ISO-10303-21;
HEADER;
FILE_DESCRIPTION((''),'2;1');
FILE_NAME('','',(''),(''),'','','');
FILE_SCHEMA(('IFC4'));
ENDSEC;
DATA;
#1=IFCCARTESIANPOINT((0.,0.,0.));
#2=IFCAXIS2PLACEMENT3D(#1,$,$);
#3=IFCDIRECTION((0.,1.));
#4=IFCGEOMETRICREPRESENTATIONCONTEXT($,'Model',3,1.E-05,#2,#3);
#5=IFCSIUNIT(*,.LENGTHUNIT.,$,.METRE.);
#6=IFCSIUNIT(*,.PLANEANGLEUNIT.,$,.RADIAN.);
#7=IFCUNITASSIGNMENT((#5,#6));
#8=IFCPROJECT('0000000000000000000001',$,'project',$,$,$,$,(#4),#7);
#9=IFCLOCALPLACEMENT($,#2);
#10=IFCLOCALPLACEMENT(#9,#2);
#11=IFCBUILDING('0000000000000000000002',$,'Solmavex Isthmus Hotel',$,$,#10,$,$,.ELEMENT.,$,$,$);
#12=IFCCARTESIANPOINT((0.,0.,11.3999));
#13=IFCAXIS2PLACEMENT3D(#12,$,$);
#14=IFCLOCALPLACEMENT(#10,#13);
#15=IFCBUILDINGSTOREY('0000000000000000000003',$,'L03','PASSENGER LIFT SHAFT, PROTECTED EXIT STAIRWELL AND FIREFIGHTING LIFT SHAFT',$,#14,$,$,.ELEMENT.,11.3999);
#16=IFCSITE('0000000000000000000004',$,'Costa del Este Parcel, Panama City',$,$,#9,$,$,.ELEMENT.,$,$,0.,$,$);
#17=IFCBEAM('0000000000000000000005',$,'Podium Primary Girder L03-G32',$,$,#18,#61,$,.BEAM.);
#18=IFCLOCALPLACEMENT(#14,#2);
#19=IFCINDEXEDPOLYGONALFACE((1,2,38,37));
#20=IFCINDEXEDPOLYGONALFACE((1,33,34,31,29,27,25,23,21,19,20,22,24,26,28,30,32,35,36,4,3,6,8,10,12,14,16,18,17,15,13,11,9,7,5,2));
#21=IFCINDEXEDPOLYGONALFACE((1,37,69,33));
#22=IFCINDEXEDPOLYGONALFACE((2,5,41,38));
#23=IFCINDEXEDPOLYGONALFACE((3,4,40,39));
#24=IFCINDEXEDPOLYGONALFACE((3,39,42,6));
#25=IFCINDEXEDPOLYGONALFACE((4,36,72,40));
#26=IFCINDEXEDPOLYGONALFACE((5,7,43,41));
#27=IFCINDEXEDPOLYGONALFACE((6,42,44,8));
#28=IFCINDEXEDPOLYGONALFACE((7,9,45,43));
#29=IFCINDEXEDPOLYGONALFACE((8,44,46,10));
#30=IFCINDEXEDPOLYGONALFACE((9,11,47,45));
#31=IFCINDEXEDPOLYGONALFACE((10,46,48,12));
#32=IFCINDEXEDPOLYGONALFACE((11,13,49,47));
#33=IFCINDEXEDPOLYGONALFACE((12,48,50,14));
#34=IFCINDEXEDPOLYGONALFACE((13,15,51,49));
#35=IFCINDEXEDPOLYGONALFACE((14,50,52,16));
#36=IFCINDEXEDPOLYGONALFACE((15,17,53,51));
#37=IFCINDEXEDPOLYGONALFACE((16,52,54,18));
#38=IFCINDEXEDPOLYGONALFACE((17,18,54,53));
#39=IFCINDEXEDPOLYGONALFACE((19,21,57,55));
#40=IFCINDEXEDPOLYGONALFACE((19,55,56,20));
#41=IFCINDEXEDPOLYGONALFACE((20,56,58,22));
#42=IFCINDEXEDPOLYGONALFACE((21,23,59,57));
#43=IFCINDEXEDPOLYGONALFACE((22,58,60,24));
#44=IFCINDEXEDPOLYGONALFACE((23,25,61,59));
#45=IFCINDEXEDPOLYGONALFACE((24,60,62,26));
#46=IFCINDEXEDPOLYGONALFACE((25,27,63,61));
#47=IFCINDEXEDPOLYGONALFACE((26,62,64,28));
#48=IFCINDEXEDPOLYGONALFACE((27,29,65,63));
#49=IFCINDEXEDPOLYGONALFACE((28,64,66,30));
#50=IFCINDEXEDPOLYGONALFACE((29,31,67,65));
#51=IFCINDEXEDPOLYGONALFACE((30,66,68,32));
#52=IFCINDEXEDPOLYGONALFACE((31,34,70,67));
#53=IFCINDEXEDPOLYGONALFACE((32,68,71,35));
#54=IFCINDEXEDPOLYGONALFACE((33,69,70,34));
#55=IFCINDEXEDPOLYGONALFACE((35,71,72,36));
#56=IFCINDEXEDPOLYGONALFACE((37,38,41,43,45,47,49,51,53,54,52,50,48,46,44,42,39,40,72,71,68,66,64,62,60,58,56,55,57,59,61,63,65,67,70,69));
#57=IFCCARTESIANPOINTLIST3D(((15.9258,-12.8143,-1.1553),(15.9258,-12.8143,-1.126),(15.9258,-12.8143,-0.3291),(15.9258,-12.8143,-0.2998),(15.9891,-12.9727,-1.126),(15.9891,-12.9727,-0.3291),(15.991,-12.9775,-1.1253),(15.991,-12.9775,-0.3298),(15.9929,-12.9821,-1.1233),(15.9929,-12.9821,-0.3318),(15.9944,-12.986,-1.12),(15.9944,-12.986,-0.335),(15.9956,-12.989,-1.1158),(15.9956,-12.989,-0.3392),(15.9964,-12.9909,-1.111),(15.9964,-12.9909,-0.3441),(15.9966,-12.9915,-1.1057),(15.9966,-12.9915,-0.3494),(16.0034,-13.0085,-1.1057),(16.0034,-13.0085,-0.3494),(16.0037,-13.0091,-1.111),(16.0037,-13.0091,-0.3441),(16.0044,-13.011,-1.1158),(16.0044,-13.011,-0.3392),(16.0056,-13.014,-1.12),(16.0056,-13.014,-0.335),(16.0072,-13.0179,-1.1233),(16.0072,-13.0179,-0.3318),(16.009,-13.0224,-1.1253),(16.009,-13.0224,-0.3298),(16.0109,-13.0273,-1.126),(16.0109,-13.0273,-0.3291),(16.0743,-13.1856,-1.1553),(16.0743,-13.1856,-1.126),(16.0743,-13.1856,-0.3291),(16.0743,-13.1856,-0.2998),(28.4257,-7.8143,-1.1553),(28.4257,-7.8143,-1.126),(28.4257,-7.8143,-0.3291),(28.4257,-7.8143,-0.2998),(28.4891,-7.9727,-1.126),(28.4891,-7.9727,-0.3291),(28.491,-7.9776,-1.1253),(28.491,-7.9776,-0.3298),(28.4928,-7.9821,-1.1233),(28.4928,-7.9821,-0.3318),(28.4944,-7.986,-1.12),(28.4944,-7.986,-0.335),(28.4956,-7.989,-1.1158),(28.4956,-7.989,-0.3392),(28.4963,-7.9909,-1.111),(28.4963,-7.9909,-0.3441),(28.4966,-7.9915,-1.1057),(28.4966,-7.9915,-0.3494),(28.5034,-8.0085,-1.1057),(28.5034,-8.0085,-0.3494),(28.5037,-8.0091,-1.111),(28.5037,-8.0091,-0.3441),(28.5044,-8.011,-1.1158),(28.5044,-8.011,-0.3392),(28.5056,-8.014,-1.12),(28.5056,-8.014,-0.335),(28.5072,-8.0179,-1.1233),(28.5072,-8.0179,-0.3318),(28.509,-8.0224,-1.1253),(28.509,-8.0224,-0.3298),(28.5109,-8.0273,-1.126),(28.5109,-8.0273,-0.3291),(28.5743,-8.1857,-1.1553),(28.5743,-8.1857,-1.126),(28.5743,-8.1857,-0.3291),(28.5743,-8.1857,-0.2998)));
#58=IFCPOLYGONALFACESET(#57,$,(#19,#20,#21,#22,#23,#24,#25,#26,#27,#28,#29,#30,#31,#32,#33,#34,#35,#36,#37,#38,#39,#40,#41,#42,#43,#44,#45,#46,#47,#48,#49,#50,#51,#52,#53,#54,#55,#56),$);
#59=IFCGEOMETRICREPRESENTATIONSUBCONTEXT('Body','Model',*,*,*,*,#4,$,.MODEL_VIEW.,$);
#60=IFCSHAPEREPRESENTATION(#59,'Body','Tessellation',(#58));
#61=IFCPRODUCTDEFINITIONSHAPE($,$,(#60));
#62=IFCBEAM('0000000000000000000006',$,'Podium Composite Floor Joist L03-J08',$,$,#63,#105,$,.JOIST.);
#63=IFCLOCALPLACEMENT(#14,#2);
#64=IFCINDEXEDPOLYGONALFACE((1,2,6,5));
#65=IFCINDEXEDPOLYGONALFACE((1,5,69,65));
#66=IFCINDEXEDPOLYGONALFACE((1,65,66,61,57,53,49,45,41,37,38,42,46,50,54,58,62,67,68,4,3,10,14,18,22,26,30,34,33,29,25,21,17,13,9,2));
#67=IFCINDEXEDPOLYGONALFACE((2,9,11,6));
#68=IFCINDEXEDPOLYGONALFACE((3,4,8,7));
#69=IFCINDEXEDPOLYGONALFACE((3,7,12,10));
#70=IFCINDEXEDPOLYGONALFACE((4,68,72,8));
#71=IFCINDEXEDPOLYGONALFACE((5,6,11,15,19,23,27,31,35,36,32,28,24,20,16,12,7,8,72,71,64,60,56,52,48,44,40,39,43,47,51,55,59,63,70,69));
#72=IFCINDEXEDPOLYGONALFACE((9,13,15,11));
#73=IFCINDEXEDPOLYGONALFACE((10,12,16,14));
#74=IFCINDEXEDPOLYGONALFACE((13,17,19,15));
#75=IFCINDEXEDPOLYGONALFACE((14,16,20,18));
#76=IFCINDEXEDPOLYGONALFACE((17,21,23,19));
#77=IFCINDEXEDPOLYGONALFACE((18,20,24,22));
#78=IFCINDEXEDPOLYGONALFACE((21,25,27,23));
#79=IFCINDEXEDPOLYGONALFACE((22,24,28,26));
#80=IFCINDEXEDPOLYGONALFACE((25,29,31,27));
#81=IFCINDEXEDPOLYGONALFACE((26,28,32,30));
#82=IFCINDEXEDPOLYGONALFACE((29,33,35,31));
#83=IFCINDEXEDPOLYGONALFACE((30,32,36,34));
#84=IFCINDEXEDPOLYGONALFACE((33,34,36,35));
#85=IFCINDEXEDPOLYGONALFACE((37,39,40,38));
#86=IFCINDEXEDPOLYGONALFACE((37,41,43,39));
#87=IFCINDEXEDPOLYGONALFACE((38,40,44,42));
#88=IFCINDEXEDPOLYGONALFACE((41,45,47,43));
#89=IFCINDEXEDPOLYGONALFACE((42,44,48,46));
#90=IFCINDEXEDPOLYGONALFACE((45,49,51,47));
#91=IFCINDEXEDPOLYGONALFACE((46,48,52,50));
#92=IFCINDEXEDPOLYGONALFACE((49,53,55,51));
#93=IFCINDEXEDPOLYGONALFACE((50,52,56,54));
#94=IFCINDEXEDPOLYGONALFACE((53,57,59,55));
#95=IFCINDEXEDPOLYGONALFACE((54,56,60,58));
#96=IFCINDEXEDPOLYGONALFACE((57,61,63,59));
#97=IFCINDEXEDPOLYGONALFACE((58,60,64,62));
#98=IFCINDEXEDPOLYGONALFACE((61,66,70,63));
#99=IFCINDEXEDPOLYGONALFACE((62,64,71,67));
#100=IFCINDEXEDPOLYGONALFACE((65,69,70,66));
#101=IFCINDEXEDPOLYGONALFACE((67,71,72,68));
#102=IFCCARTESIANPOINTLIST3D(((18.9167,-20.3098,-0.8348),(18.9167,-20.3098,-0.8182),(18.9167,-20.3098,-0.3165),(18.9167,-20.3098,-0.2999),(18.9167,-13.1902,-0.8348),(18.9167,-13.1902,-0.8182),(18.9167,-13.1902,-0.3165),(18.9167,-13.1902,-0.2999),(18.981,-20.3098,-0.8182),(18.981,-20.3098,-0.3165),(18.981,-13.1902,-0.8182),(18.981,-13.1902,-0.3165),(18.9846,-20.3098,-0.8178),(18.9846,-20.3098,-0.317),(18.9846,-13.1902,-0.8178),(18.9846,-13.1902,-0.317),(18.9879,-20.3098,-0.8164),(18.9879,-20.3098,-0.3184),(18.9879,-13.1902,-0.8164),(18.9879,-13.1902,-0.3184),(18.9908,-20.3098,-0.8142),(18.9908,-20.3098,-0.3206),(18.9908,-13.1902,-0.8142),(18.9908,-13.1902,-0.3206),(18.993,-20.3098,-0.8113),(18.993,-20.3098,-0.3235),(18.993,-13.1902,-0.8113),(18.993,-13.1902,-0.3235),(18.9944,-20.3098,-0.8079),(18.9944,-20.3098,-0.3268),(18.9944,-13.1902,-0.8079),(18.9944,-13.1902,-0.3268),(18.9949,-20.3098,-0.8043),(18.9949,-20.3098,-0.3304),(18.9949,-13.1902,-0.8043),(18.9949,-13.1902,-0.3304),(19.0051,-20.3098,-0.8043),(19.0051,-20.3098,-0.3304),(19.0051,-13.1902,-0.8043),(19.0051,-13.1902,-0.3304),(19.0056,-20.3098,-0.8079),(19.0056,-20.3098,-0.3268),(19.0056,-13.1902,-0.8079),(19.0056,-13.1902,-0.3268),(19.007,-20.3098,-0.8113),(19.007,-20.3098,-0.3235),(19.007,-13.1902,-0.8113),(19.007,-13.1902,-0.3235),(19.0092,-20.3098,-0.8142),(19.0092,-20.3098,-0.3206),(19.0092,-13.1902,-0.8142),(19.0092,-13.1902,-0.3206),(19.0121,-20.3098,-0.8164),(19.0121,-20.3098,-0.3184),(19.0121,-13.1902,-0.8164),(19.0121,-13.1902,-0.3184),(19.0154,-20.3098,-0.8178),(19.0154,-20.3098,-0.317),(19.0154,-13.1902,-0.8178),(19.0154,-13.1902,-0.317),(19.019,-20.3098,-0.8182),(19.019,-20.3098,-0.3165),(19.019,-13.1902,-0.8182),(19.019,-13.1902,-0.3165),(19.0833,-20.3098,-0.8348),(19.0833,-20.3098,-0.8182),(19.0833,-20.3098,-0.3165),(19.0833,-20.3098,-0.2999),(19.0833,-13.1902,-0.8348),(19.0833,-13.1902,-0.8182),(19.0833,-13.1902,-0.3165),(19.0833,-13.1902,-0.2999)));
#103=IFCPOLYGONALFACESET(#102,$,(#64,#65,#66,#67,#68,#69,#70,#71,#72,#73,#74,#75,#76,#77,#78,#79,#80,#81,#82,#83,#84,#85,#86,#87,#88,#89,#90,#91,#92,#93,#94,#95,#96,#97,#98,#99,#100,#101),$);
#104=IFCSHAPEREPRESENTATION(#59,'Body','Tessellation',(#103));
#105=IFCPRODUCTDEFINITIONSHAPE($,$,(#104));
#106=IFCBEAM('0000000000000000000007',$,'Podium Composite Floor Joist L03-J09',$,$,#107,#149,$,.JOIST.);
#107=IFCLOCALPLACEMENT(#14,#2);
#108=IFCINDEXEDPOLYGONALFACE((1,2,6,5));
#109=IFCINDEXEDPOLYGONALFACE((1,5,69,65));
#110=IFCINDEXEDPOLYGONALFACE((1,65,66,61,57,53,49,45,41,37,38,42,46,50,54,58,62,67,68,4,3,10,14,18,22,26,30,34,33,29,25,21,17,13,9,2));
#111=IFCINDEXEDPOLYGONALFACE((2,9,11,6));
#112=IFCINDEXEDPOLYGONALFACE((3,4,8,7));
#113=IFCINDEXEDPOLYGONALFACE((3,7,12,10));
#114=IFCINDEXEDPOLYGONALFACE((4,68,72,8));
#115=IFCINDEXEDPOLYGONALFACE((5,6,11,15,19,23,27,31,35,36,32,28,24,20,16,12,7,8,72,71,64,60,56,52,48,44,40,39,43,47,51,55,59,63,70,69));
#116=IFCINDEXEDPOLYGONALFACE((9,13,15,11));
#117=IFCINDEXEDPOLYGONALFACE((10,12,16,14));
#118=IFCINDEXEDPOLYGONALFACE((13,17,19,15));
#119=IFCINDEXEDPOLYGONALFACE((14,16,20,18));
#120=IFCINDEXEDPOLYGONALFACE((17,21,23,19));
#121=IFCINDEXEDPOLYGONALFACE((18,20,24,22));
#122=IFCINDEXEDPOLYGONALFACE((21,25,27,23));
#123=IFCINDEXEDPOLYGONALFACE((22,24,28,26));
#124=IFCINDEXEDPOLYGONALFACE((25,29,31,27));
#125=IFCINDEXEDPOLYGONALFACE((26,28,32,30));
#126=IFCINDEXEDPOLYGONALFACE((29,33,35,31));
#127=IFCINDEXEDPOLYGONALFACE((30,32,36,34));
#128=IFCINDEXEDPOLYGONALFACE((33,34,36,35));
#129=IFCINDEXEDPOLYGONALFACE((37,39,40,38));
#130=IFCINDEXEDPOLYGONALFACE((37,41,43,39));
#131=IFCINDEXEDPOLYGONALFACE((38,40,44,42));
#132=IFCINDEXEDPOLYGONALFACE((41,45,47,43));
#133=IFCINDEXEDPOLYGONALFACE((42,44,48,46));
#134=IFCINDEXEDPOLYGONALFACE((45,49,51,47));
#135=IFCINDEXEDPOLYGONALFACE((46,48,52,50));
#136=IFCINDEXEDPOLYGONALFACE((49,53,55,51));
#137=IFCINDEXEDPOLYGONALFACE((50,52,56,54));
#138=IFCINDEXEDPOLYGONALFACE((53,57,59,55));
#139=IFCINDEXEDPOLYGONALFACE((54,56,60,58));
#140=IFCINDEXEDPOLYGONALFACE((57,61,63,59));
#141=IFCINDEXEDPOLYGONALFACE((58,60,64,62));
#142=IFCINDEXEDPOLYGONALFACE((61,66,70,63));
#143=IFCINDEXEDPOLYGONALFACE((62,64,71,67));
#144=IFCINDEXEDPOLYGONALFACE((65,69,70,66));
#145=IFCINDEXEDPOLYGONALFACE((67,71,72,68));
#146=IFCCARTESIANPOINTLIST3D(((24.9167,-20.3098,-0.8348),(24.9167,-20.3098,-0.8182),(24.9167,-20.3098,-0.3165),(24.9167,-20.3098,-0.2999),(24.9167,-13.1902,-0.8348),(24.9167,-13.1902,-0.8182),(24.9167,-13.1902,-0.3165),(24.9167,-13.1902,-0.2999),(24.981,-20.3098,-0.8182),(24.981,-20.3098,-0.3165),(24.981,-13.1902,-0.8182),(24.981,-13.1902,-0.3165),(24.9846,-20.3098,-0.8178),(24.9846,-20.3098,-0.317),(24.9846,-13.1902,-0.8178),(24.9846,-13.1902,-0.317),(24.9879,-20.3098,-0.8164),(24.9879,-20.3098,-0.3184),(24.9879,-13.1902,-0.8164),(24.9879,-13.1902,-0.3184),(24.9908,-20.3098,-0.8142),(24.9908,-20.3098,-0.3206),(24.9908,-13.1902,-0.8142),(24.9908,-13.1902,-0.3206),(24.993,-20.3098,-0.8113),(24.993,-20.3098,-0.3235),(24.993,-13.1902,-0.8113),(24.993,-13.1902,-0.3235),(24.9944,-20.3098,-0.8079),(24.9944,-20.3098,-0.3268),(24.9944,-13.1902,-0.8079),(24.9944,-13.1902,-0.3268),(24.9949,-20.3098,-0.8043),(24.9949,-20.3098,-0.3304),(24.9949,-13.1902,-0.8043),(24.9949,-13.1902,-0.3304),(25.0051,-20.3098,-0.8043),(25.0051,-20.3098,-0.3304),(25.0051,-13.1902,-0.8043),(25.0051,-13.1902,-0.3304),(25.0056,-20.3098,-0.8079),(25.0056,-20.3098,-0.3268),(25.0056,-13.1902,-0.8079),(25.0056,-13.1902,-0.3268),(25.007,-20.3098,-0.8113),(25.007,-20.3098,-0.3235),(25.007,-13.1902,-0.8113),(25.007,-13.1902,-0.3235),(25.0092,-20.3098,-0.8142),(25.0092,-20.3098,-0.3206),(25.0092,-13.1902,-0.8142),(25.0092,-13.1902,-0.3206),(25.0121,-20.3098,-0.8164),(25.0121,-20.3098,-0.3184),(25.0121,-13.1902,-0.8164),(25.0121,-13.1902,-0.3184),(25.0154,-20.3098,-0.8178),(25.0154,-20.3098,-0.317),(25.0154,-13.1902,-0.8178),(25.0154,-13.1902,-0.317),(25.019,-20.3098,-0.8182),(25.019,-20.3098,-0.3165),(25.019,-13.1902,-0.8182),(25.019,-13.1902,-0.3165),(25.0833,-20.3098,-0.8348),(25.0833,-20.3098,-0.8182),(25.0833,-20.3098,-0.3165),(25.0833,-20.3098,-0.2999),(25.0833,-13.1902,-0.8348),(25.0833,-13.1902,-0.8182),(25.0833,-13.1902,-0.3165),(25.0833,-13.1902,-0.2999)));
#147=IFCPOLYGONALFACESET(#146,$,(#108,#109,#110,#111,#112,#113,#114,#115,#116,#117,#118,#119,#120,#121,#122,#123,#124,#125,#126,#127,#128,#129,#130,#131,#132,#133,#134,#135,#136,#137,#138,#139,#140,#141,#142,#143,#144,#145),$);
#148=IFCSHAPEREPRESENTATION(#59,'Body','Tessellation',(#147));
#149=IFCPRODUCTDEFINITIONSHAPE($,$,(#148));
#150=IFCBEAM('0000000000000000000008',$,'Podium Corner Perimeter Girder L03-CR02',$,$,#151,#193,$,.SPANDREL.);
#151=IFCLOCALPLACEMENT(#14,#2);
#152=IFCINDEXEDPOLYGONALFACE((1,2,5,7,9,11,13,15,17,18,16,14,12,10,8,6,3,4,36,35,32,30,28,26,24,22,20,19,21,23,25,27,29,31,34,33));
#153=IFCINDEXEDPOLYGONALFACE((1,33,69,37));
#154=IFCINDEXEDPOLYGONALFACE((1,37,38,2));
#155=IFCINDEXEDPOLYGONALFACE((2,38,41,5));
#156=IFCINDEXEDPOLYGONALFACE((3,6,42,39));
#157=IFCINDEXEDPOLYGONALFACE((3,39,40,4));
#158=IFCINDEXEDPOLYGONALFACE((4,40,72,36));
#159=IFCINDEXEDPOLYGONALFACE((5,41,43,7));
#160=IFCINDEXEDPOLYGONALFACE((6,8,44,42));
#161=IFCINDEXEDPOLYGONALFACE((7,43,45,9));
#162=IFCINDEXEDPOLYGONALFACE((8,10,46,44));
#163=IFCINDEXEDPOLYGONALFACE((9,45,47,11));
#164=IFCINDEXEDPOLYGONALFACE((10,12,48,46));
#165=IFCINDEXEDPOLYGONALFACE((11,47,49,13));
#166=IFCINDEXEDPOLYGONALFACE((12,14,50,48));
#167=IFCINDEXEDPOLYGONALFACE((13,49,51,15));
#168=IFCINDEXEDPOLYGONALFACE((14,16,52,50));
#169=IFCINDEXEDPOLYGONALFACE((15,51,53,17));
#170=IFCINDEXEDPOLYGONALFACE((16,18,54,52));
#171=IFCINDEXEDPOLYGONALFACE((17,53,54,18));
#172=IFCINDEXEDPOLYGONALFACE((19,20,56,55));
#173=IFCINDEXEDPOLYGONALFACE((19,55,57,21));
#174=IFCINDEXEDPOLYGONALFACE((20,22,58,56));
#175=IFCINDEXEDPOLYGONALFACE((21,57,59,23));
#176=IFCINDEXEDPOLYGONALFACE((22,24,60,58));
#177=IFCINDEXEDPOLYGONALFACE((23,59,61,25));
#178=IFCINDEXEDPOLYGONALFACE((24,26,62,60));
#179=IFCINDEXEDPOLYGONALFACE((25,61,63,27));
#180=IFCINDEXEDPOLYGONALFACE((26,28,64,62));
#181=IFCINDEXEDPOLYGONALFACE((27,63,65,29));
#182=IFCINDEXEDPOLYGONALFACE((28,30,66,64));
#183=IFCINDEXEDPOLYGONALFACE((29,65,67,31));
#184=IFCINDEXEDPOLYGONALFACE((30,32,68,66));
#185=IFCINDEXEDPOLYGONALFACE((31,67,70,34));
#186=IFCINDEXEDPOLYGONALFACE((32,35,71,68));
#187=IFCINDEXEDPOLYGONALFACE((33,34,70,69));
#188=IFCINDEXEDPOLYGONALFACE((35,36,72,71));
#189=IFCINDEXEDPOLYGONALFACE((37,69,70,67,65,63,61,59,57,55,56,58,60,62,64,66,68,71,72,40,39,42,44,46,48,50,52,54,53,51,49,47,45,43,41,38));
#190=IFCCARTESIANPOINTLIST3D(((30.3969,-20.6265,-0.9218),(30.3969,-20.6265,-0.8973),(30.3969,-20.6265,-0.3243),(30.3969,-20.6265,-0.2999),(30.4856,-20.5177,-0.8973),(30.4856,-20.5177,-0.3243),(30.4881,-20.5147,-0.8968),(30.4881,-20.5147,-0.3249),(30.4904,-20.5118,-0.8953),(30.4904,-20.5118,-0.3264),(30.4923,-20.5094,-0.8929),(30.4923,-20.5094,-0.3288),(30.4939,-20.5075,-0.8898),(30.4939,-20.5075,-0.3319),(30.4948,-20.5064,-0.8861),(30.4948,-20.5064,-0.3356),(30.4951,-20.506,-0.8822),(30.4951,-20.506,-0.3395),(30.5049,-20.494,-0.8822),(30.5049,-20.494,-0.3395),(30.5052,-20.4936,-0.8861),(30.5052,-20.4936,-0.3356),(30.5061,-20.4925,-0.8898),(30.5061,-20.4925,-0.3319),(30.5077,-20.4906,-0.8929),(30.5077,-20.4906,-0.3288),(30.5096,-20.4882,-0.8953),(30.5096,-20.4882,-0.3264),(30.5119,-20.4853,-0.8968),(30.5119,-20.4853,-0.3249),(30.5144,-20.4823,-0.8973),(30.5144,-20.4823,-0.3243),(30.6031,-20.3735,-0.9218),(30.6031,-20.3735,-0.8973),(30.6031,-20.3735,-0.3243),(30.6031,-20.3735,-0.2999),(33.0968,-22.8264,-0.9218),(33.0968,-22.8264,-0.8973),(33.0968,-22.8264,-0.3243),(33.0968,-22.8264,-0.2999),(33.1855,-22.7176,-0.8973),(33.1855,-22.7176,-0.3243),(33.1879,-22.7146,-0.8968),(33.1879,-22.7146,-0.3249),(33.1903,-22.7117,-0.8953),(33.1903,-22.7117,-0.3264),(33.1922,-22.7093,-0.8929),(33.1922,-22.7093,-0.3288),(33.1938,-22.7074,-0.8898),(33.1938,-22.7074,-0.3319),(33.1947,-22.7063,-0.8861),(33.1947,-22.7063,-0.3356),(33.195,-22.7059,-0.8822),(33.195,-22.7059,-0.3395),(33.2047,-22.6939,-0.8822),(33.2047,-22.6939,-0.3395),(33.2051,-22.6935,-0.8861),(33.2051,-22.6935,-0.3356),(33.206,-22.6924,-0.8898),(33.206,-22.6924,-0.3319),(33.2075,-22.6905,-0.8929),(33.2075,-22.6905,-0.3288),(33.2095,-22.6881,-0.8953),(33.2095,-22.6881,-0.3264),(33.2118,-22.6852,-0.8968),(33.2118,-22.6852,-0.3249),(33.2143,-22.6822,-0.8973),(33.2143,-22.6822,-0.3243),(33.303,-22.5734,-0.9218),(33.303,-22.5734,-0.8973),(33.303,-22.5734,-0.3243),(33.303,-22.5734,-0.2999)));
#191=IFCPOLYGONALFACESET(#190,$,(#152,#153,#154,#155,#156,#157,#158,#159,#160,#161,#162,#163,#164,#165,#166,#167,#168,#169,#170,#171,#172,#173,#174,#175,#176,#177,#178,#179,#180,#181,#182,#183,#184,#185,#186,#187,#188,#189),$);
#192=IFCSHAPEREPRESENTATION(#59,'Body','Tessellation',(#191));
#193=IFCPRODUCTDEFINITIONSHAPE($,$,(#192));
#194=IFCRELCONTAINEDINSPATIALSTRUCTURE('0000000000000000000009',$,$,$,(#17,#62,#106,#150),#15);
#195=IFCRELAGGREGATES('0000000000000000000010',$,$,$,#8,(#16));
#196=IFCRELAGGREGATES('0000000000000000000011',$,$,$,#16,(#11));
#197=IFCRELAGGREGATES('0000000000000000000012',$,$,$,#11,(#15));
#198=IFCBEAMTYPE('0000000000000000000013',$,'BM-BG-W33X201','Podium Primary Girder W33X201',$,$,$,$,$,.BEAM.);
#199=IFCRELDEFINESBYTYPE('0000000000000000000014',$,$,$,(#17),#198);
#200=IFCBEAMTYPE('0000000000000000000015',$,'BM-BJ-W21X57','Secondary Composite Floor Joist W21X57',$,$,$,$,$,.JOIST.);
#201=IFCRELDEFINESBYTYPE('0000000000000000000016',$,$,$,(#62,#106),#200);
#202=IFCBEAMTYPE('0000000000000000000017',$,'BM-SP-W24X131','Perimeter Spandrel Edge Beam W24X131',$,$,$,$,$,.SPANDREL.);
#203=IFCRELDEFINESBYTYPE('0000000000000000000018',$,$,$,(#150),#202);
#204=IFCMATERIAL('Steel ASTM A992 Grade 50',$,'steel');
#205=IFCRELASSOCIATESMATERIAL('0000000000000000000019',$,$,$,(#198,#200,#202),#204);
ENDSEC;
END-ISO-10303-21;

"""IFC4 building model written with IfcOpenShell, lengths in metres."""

from ifc_helpers import new_model, si_unit, direction, frame, origin, origin_2d, place, context, subcontext, project, spatial, i_section, extrude, material, material_profile, profile_set, type_object, element, save


model = new_model("IFC4")

# Units and contexts
model_context = context("Model", 3, precision=1e-05, world=origin(), true_north=direction((0.0, 1.0)))
body_context = subcontext(model_context, "Body", "Model", "MODEL_VIEW")
ifc_project = project(units=[si_unit("LENGTHUNIT", "METRE"), si_unit("PLANEANGLEUNIT", "RADIAN")], contexts=[model_context])

# Site, building, storey
site_placement = place(None, origin())
site = spatial("IfcSite", under=ifc_project, at=site_placement, Name="Costa del Este Parcel, Panama City", CompositionType="ELEMENT", RefElevation=0.0)
building_placement = place(site_placement, origin())
building = spatial("IfcBuilding", under=site, at=building_placement, Name="Solmavex Isthmus Hotel", CompositionType="ELEMENT")
storey_placement = place(building_placement, frame((0.0, 0.0, 11.3999)))
storey = spatial("IfcBuildingStorey", under=building, at=storey_placement, Name="L03", Description="PASSENGER LIFT SHAFT, PROTECTED EXIT STAIRWELL AND FIREFIGHTING LIFT SHAFT", CompositionType="ELEMENT", Elevation=11.3999)

# Beams
ifc_material_1 = material(Name="Steel ASTM A992 Grade 50", Category="steel")
ifc_material_profile_1 = material_profile(ifc_material_1, i_section(OverallWidth=0.3999, OverallDepth=0.8555, WebThickness=0.0183, FlangeThickness=0.0293, FilletRadius=0.0203, at=origin_2d()), Name="W33X201")
ifc_profile_set_1 = profile_set([ifc_material_profile_1], Name="Steel ASTM A992 Grade 50")
beam_type_1 = type_object("IfcBeamType", Name="BM-BG-W33X201", Description="Podium Primary Girder W33X201", PredefinedType="BEAM", material=ifc_profile_set_1)
beam_1_placement = place(storey_placement, frame((28.5, -8.0, -0.7275), z_axis=(-0.928477, -0.371391, 0.0), x_axis=(0.371391, -0.928477, 0.0)))
element("IfcBeam", 1, at=beam_1_placement, inside=storey, type_object=beam_type_1, Name="Podium Primary Girder L03-G32", PredefinedType="BEAM", context=body_context, shape_type="SweptSolid", body=[
    extrude(i_section(OverallWidth=0.3999, OverallDepth=0.8555, WebThickness=0.0183, FlangeThickness=0.0293, FilletRadius=0.0203, at=origin_2d()), origin(), (0.0, 0.0, 1.0), 13.4629),
])
ifc_material_profile_2 = material_profile(ifc_material_1, i_section(OverallWidth=0.1665, OverallDepth=0.5349, WebThickness=0.0103, FlangeThickness=0.0166, FilletRadius=0.0139, at=origin_2d()), Name="W21X57")
ifc_profile_set_2 = profile_set([ifc_material_profile_2], Name="Steel ASTM A992 Grade 50")
beam_type_2 = type_object("IfcBeamType", Name="BM-BJ-W21X57", Description="Secondary Composite Floor Joist W21X57", PredefinedType="JOIST", material=ifc_profile_set_2)
for number, where, z_axis, x_axis, name in (
    (2, (19.0, -20.3098, -0.5674), (0.0, 1.0, 0.0), (-1.0, 0.0, 0.0), "Podium Composite Floor Joist L03-J08"),
    (3, (25.0, -20.3098, -0.5674), (0.0, 1.0, 0.0), (-1.0, 0.0, 0.0), "Podium Composite Floor Joist L03-J09"),
):
    element("IfcBeam", number, at=place(storey_placement, frame(where, z_axis=z_axis, x_axis=x_axis)), inside=storey, type_object=beam_type_2, Name=name, PredefinedType="JOIST", context=body_context, shape_type="SweptSolid", body=[
        extrude(i_section(OverallWidth=0.1665, OverallDepth=0.5349, WebThickness=0.0103, FlangeThickness=0.0166, FilletRadius=0.0139, at=origin_2d()), origin(), (0.0, 0.0, 1.0), 7.1196),
    ])
ifc_material_profile_3 = material_profile(ifc_material_1, i_section(OverallWidth=0.3264, OverallDepth=0.6218, WebThickness=0.0154, FlangeThickness=0.0244, FilletRadius=0.0151, at=origin_2d()), Name="W24X131")
ifc_profile_set_3 = profile_set([ifc_material_profile_3], Name="Steel ASTM A992 Grade 50")
beam_type_3 = type_object("IfcBeamType", Name="BM-SP-W24X131", Description="Perimeter Spandrel Edge Beam W24X131", PredefinedType="SPANDREL", material=ifc_profile_set_3)
beam_2_placement = place(storey_placement, frame((30.5, -20.5, -0.6108), z_axis=(0.775236, -0.631671, 0.0), x_axis=(0.631671, 0.775236, 0.0)))
element("IfcBeam", 4, at=beam_2_placement, inside=storey, type_object=beam_type_3, Name="Podium Corner Perimeter Girder L03-CR02", PredefinedType="SPANDREL", context=body_context, shape_type="SweptSolid", body=[
    extrude(i_section(OverallWidth=0.3264, OverallDepth=0.6218, WebThickness=0.0154, FlangeThickness=0.0244, FilletRadius=0.0151, at=origin_2d()), origin(), (0.0, 0.0, 1.0), 3.4827),
])

save(model, "model.ifc")
